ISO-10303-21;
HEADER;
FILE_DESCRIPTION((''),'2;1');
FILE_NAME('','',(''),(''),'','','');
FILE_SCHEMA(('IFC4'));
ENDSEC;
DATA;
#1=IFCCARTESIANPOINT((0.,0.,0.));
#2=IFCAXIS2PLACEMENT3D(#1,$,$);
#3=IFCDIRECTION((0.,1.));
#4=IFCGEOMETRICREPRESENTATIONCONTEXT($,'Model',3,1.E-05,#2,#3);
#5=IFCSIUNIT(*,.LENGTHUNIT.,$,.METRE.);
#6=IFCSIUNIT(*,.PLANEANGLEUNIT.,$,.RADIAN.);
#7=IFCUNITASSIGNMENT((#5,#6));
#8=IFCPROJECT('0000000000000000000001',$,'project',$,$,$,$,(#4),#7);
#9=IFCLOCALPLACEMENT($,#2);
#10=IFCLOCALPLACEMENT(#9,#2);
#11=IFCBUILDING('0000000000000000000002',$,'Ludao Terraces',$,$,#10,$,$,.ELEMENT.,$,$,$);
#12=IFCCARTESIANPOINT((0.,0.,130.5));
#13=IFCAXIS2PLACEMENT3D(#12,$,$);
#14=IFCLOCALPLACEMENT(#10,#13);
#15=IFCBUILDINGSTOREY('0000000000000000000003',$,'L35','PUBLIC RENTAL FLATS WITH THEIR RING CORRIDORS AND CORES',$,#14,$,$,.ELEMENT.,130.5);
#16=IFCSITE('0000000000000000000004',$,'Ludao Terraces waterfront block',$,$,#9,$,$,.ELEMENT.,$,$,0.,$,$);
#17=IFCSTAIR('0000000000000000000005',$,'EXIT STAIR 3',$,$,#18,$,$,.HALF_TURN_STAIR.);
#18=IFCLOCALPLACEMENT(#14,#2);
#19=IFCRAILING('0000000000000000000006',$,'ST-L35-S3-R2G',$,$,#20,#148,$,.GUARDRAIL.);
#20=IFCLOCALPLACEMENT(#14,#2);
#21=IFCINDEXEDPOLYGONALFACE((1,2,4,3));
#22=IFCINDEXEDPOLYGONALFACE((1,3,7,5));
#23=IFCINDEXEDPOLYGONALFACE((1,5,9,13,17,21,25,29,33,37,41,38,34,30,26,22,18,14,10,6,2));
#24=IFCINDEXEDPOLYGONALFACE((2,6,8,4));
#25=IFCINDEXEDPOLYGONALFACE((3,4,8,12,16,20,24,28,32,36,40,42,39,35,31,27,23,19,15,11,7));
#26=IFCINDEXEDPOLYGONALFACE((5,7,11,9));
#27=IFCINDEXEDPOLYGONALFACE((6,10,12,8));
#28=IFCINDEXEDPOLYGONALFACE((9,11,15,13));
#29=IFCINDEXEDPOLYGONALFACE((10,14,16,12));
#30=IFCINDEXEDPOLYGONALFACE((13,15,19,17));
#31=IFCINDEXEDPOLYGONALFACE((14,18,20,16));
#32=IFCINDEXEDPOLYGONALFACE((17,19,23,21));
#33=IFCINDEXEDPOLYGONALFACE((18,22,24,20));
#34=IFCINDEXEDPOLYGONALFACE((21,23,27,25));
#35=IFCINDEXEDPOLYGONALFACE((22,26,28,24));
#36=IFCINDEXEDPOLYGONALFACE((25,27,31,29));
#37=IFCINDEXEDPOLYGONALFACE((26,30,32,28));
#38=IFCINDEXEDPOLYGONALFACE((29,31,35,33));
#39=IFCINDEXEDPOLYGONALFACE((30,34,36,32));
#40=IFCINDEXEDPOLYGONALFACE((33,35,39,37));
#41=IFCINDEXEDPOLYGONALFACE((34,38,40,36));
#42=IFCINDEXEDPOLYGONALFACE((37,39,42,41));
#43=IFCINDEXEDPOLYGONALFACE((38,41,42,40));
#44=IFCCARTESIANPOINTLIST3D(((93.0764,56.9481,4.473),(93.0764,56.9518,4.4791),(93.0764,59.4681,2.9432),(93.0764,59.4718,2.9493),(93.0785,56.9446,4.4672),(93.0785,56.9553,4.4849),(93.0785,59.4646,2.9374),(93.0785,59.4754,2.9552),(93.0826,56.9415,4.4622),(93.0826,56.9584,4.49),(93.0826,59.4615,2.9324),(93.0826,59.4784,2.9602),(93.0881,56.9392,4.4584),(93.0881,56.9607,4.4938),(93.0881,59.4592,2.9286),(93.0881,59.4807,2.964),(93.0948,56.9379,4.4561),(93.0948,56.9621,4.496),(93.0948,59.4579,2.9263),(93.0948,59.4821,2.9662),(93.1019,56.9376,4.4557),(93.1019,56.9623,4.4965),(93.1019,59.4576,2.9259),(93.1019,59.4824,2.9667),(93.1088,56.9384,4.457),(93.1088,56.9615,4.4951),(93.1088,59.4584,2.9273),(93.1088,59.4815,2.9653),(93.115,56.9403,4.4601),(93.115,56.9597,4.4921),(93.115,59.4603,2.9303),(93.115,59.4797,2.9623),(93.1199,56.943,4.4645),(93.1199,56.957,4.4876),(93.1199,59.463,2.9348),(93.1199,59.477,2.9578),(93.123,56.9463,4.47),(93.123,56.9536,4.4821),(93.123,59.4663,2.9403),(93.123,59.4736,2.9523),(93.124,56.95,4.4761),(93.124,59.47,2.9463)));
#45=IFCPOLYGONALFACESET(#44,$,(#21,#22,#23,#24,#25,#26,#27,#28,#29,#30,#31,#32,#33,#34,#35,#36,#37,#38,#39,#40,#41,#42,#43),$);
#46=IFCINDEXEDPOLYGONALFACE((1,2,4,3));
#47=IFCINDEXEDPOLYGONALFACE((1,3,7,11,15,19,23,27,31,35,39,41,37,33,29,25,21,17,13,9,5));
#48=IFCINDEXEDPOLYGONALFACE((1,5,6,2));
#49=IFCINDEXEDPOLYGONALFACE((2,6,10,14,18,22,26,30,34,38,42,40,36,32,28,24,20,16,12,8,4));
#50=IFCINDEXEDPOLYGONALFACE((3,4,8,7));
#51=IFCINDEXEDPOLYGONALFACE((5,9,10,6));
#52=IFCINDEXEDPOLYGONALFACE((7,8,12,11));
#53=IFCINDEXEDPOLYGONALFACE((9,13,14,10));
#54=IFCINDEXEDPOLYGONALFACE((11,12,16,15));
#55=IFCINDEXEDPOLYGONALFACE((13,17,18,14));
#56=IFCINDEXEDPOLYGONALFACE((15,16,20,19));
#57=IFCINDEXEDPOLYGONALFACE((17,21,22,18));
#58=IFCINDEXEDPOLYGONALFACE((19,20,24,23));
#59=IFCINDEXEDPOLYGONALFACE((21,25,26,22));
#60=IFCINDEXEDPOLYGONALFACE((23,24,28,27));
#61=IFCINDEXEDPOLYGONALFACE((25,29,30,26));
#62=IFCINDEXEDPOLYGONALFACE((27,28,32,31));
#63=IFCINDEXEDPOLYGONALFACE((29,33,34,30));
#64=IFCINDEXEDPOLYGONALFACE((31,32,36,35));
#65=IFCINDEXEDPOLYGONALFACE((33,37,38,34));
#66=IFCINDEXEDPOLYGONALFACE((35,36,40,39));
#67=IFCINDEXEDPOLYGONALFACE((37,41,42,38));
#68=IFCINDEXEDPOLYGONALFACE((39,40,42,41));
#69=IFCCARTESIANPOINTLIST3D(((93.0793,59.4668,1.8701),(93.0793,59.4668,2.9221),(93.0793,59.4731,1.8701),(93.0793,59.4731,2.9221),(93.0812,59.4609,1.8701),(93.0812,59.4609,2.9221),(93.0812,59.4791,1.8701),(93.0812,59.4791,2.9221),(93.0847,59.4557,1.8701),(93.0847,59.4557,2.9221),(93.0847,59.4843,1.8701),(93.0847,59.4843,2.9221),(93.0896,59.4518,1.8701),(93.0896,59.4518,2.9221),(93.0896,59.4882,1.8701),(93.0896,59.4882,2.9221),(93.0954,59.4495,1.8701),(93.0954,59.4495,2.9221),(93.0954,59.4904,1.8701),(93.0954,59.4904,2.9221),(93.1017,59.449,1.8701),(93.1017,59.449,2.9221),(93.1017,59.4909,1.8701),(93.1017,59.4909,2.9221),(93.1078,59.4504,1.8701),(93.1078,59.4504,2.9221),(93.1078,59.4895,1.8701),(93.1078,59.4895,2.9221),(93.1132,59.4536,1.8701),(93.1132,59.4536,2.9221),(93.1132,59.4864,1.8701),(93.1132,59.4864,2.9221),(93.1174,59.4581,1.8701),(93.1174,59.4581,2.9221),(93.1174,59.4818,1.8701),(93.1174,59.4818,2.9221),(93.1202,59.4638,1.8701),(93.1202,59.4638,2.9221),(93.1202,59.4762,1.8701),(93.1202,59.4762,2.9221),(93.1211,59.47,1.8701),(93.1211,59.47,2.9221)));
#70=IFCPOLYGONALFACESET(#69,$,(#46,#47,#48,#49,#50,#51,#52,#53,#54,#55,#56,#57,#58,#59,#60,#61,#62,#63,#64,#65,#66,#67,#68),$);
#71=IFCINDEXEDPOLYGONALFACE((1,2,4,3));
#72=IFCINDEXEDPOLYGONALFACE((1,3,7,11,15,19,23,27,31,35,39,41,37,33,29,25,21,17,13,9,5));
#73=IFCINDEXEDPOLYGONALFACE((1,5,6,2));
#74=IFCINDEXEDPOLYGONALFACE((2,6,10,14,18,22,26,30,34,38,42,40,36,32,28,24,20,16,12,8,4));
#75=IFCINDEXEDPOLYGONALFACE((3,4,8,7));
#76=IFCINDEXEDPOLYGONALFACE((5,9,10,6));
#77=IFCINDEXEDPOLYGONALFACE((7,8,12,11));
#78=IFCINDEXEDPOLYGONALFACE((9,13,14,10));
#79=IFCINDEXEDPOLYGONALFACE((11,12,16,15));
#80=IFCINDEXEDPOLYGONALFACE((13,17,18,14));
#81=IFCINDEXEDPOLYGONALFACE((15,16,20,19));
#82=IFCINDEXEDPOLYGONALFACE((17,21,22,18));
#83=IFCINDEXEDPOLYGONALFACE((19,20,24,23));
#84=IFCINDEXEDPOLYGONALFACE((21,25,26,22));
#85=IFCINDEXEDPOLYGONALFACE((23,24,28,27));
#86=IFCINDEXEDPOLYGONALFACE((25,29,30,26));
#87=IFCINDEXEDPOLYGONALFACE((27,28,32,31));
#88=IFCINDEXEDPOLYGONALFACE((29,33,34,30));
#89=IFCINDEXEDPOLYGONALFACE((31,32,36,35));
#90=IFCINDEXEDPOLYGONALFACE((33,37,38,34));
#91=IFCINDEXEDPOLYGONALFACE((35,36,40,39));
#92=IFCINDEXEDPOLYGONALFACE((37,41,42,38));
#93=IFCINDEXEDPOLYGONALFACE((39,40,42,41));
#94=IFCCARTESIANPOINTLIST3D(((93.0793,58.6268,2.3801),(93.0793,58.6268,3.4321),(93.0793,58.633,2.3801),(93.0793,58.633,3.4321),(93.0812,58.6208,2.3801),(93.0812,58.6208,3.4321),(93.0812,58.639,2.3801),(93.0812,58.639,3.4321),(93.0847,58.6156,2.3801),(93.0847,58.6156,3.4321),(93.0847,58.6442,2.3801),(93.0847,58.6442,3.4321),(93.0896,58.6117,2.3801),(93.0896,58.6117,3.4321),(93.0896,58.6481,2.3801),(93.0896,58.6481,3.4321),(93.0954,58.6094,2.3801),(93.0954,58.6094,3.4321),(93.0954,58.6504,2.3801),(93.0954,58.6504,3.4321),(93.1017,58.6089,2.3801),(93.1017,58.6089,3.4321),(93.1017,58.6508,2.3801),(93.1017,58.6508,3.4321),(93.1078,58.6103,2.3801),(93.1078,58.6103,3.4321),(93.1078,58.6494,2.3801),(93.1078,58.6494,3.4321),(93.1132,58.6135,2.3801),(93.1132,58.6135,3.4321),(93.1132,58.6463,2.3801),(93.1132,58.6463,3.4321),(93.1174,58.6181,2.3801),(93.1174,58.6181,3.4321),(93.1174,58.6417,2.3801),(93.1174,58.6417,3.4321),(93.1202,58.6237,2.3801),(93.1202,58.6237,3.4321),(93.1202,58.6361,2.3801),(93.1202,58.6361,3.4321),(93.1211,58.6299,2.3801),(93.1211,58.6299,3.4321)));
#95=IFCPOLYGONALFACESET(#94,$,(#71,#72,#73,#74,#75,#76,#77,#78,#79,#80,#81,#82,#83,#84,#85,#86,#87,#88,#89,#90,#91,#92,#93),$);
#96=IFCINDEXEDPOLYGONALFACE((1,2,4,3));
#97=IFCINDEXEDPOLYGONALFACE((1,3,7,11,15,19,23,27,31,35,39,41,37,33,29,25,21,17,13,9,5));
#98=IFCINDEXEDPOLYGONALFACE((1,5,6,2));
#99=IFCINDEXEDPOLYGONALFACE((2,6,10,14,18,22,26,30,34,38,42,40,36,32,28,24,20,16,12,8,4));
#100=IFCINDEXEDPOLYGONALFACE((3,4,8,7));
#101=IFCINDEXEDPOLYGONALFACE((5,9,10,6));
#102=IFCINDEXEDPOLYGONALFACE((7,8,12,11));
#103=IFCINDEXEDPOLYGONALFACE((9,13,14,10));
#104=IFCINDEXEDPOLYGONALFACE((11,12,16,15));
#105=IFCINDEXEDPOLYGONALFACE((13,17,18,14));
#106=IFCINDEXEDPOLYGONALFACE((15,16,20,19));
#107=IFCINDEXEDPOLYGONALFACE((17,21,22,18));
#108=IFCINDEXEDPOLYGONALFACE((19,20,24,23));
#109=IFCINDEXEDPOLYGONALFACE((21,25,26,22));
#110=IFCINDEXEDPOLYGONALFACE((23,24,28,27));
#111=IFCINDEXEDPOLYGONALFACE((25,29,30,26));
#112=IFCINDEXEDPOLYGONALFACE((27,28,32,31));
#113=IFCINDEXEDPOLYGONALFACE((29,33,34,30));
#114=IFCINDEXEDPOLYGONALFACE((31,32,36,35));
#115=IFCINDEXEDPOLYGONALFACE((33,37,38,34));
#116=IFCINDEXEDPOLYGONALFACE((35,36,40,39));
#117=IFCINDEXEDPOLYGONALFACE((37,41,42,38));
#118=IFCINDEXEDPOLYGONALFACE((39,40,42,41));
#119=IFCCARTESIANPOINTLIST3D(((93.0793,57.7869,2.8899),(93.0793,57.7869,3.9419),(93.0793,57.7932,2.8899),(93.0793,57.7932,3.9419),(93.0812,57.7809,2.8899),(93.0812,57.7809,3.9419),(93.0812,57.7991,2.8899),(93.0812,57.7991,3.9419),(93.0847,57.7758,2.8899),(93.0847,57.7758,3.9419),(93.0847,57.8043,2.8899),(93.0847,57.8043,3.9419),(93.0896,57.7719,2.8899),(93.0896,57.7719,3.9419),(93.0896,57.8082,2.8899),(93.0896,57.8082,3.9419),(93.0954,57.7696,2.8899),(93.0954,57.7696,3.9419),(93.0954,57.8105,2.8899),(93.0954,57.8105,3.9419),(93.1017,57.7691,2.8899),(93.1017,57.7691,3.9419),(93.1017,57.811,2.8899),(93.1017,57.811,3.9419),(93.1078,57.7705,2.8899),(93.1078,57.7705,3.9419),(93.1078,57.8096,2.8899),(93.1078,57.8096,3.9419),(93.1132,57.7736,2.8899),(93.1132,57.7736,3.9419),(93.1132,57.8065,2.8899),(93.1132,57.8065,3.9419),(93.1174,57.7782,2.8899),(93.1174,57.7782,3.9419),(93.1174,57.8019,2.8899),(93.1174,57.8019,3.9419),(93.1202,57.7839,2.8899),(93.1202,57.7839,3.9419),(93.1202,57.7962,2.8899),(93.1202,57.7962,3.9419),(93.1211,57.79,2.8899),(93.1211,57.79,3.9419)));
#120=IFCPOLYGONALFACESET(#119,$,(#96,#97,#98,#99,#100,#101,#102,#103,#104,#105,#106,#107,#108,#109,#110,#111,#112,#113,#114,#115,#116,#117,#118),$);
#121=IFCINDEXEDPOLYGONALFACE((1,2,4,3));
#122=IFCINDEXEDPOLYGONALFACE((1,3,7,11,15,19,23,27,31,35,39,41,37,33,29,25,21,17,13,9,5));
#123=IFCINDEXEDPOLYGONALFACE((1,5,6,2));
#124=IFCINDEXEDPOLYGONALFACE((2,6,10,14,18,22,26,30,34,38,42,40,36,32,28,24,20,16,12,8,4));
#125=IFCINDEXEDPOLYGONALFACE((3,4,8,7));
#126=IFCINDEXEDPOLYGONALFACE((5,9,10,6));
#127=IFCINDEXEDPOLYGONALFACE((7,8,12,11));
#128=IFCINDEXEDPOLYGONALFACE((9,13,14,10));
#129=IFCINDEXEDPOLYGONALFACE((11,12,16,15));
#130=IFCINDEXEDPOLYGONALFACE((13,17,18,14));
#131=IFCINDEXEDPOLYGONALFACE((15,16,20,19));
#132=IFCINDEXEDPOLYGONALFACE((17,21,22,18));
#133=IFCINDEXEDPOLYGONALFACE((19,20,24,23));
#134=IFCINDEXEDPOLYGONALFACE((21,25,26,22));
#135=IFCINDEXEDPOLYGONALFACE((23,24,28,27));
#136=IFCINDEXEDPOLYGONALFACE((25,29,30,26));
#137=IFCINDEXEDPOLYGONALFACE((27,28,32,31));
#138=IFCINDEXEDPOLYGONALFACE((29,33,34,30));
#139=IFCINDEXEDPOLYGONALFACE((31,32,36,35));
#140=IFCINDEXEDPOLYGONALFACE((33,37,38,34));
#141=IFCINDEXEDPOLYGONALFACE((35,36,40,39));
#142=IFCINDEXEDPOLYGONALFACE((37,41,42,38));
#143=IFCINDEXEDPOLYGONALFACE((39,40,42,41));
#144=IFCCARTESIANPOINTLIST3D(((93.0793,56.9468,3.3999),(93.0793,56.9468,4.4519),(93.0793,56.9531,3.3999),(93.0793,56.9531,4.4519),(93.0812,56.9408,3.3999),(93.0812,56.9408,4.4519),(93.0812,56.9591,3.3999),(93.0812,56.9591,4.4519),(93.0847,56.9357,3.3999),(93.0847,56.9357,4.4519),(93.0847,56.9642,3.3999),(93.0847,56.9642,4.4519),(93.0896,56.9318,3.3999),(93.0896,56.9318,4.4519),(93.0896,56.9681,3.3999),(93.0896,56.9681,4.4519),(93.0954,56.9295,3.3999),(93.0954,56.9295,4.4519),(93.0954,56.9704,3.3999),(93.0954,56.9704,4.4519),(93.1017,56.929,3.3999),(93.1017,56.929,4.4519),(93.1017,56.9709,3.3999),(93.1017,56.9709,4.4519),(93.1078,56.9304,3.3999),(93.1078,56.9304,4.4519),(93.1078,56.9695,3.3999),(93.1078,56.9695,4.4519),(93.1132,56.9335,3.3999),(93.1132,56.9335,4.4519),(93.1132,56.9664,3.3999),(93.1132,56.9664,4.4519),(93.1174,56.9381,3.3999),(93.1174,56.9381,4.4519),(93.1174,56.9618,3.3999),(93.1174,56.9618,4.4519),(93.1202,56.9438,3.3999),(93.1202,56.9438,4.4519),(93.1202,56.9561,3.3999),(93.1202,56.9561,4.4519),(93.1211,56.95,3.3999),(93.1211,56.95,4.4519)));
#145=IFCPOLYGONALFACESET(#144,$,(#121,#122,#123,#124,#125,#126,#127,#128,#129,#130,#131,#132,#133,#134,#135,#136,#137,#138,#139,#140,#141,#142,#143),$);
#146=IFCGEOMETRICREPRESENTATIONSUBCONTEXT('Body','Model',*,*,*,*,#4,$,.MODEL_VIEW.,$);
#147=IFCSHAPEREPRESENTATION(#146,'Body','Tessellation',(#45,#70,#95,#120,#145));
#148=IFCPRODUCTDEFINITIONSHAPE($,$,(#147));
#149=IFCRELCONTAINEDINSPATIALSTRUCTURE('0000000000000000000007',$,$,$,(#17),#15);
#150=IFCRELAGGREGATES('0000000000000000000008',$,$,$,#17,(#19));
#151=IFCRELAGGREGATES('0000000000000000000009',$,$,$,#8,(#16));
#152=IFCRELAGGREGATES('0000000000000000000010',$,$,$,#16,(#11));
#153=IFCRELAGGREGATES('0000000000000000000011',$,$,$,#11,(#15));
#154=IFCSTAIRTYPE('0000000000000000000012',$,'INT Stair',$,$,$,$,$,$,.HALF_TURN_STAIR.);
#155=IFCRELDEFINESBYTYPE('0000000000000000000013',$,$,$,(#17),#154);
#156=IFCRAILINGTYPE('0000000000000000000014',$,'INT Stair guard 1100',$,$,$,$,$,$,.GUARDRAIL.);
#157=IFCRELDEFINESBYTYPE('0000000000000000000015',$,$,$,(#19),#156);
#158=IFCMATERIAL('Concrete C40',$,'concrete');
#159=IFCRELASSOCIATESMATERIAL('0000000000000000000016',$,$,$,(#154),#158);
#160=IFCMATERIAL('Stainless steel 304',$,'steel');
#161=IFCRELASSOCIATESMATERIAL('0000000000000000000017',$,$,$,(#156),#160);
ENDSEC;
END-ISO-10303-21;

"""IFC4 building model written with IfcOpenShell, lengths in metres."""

from ifc_helpers import new_model, si_unit, direction, frame, origin, origin_2d, place, context, subcontext, project, spatial, circle, extrude, material, type_object, element, aggregate, save


model = new_model("IFC4")

# Units and contexts
model_context = context("Model", 3, precision=1e-05, world=origin(), true_north=direction((0.0, 1.0)))
body_context = subcontext(model_context, "Body", "Model", "MODEL_VIEW")
ifc_project = project(units=[si_unit("LENGTHUNIT", "METRE"), si_unit("PLANEANGLEUNIT", "RADIAN")], contexts=[model_context])

# Site, building, storey
site_placement = place(None, origin())
site = spatial("IfcSite", under=ifc_project, at=site_placement, Name="Ludao Terraces waterfront block", CompositionType="ELEMENT", RefElevation=0.0)
building_placement = place(site_placement, origin())
building = spatial("IfcBuilding", under=site, at=building_placement, Name="Ludao Terraces", CompositionType="ELEMENT")
storey_placement = place(building_placement, frame((0.0, 0.0, 130.5)))
storey = spatial("IfcBuildingStorey", under=building, at=storey_placement, Name="L35", Description="PUBLIC RENTAL FLATS WITH THEIR RING CORRIDORS AND CORES", CompositionType="ELEMENT", Elevation=130.5)

# Shared definitions
ifc_material_1 = material(Name="Concrete C40", Category="concrete")

# Stair, railing
stair_type = type_object("IfcStairType", Name="INT Stair", PredefinedType="HALF_TURN_STAIR", material=ifc_material_1)
stair_placement = place(storey_placement, origin())
stair = element("IfcStair", 1, at=stair_placement, inside=storey, type_object=stair_type, Name="EXIT STAIR 3", PredefinedType="HALF_TURN_STAIR")
ifc_material_2 = material(Name="Stainless steel 304", Category="steel")
railing_type_1 = type_object("IfcRailingType", Name="INT Stair guard 1100", PredefinedType="GUARDRAIL", material=ifc_material_2)
railing_1_placement = place(storey_placement, frame((93.1001, 59.47, 1.8701)))
railing_1 = element("IfcRailing", 2, at=railing_1_placement, type_object=railing_type_1, Name="ST-L35-S3-R2G", PredefinedType="GUARDRAIL", context=body_context, shape_type="SweptSolid", body=[
    extrude(circle(Radius=0.0239, at=origin_2d()), frame((0.0, 0.0, 1.0762), z_axis=(0.0, -0.854822, 0.518922), x_axis=(1.0, 0.0, 0.0)), (0.0, 0.0, 1.0), 2.948),
    extrude(circle(Radius=0.021, at=origin_2d()), origin(), (0.0, 0.0, 1.0), 1.052),
    extrude(circle(Radius=0.021, at=origin_2d()), frame((0.0, -0.8401, 0.51)), (0.0, 0.0, 1.0), 1.052),
    extrude(circle(Radius=0.021, at=origin_2d()), frame((0.0, -1.6799, 1.0198)), (0.0, 0.0, 1.0), 1.052),
    extrude(circle(Radius=0.021, at=origin_2d()), frame((0.0, -2.52, 1.5298)), (0.0, 0.0, 1.0), 1.052),
])
aggregate(stair, [railing_1])

save(model, "model.ifc")
